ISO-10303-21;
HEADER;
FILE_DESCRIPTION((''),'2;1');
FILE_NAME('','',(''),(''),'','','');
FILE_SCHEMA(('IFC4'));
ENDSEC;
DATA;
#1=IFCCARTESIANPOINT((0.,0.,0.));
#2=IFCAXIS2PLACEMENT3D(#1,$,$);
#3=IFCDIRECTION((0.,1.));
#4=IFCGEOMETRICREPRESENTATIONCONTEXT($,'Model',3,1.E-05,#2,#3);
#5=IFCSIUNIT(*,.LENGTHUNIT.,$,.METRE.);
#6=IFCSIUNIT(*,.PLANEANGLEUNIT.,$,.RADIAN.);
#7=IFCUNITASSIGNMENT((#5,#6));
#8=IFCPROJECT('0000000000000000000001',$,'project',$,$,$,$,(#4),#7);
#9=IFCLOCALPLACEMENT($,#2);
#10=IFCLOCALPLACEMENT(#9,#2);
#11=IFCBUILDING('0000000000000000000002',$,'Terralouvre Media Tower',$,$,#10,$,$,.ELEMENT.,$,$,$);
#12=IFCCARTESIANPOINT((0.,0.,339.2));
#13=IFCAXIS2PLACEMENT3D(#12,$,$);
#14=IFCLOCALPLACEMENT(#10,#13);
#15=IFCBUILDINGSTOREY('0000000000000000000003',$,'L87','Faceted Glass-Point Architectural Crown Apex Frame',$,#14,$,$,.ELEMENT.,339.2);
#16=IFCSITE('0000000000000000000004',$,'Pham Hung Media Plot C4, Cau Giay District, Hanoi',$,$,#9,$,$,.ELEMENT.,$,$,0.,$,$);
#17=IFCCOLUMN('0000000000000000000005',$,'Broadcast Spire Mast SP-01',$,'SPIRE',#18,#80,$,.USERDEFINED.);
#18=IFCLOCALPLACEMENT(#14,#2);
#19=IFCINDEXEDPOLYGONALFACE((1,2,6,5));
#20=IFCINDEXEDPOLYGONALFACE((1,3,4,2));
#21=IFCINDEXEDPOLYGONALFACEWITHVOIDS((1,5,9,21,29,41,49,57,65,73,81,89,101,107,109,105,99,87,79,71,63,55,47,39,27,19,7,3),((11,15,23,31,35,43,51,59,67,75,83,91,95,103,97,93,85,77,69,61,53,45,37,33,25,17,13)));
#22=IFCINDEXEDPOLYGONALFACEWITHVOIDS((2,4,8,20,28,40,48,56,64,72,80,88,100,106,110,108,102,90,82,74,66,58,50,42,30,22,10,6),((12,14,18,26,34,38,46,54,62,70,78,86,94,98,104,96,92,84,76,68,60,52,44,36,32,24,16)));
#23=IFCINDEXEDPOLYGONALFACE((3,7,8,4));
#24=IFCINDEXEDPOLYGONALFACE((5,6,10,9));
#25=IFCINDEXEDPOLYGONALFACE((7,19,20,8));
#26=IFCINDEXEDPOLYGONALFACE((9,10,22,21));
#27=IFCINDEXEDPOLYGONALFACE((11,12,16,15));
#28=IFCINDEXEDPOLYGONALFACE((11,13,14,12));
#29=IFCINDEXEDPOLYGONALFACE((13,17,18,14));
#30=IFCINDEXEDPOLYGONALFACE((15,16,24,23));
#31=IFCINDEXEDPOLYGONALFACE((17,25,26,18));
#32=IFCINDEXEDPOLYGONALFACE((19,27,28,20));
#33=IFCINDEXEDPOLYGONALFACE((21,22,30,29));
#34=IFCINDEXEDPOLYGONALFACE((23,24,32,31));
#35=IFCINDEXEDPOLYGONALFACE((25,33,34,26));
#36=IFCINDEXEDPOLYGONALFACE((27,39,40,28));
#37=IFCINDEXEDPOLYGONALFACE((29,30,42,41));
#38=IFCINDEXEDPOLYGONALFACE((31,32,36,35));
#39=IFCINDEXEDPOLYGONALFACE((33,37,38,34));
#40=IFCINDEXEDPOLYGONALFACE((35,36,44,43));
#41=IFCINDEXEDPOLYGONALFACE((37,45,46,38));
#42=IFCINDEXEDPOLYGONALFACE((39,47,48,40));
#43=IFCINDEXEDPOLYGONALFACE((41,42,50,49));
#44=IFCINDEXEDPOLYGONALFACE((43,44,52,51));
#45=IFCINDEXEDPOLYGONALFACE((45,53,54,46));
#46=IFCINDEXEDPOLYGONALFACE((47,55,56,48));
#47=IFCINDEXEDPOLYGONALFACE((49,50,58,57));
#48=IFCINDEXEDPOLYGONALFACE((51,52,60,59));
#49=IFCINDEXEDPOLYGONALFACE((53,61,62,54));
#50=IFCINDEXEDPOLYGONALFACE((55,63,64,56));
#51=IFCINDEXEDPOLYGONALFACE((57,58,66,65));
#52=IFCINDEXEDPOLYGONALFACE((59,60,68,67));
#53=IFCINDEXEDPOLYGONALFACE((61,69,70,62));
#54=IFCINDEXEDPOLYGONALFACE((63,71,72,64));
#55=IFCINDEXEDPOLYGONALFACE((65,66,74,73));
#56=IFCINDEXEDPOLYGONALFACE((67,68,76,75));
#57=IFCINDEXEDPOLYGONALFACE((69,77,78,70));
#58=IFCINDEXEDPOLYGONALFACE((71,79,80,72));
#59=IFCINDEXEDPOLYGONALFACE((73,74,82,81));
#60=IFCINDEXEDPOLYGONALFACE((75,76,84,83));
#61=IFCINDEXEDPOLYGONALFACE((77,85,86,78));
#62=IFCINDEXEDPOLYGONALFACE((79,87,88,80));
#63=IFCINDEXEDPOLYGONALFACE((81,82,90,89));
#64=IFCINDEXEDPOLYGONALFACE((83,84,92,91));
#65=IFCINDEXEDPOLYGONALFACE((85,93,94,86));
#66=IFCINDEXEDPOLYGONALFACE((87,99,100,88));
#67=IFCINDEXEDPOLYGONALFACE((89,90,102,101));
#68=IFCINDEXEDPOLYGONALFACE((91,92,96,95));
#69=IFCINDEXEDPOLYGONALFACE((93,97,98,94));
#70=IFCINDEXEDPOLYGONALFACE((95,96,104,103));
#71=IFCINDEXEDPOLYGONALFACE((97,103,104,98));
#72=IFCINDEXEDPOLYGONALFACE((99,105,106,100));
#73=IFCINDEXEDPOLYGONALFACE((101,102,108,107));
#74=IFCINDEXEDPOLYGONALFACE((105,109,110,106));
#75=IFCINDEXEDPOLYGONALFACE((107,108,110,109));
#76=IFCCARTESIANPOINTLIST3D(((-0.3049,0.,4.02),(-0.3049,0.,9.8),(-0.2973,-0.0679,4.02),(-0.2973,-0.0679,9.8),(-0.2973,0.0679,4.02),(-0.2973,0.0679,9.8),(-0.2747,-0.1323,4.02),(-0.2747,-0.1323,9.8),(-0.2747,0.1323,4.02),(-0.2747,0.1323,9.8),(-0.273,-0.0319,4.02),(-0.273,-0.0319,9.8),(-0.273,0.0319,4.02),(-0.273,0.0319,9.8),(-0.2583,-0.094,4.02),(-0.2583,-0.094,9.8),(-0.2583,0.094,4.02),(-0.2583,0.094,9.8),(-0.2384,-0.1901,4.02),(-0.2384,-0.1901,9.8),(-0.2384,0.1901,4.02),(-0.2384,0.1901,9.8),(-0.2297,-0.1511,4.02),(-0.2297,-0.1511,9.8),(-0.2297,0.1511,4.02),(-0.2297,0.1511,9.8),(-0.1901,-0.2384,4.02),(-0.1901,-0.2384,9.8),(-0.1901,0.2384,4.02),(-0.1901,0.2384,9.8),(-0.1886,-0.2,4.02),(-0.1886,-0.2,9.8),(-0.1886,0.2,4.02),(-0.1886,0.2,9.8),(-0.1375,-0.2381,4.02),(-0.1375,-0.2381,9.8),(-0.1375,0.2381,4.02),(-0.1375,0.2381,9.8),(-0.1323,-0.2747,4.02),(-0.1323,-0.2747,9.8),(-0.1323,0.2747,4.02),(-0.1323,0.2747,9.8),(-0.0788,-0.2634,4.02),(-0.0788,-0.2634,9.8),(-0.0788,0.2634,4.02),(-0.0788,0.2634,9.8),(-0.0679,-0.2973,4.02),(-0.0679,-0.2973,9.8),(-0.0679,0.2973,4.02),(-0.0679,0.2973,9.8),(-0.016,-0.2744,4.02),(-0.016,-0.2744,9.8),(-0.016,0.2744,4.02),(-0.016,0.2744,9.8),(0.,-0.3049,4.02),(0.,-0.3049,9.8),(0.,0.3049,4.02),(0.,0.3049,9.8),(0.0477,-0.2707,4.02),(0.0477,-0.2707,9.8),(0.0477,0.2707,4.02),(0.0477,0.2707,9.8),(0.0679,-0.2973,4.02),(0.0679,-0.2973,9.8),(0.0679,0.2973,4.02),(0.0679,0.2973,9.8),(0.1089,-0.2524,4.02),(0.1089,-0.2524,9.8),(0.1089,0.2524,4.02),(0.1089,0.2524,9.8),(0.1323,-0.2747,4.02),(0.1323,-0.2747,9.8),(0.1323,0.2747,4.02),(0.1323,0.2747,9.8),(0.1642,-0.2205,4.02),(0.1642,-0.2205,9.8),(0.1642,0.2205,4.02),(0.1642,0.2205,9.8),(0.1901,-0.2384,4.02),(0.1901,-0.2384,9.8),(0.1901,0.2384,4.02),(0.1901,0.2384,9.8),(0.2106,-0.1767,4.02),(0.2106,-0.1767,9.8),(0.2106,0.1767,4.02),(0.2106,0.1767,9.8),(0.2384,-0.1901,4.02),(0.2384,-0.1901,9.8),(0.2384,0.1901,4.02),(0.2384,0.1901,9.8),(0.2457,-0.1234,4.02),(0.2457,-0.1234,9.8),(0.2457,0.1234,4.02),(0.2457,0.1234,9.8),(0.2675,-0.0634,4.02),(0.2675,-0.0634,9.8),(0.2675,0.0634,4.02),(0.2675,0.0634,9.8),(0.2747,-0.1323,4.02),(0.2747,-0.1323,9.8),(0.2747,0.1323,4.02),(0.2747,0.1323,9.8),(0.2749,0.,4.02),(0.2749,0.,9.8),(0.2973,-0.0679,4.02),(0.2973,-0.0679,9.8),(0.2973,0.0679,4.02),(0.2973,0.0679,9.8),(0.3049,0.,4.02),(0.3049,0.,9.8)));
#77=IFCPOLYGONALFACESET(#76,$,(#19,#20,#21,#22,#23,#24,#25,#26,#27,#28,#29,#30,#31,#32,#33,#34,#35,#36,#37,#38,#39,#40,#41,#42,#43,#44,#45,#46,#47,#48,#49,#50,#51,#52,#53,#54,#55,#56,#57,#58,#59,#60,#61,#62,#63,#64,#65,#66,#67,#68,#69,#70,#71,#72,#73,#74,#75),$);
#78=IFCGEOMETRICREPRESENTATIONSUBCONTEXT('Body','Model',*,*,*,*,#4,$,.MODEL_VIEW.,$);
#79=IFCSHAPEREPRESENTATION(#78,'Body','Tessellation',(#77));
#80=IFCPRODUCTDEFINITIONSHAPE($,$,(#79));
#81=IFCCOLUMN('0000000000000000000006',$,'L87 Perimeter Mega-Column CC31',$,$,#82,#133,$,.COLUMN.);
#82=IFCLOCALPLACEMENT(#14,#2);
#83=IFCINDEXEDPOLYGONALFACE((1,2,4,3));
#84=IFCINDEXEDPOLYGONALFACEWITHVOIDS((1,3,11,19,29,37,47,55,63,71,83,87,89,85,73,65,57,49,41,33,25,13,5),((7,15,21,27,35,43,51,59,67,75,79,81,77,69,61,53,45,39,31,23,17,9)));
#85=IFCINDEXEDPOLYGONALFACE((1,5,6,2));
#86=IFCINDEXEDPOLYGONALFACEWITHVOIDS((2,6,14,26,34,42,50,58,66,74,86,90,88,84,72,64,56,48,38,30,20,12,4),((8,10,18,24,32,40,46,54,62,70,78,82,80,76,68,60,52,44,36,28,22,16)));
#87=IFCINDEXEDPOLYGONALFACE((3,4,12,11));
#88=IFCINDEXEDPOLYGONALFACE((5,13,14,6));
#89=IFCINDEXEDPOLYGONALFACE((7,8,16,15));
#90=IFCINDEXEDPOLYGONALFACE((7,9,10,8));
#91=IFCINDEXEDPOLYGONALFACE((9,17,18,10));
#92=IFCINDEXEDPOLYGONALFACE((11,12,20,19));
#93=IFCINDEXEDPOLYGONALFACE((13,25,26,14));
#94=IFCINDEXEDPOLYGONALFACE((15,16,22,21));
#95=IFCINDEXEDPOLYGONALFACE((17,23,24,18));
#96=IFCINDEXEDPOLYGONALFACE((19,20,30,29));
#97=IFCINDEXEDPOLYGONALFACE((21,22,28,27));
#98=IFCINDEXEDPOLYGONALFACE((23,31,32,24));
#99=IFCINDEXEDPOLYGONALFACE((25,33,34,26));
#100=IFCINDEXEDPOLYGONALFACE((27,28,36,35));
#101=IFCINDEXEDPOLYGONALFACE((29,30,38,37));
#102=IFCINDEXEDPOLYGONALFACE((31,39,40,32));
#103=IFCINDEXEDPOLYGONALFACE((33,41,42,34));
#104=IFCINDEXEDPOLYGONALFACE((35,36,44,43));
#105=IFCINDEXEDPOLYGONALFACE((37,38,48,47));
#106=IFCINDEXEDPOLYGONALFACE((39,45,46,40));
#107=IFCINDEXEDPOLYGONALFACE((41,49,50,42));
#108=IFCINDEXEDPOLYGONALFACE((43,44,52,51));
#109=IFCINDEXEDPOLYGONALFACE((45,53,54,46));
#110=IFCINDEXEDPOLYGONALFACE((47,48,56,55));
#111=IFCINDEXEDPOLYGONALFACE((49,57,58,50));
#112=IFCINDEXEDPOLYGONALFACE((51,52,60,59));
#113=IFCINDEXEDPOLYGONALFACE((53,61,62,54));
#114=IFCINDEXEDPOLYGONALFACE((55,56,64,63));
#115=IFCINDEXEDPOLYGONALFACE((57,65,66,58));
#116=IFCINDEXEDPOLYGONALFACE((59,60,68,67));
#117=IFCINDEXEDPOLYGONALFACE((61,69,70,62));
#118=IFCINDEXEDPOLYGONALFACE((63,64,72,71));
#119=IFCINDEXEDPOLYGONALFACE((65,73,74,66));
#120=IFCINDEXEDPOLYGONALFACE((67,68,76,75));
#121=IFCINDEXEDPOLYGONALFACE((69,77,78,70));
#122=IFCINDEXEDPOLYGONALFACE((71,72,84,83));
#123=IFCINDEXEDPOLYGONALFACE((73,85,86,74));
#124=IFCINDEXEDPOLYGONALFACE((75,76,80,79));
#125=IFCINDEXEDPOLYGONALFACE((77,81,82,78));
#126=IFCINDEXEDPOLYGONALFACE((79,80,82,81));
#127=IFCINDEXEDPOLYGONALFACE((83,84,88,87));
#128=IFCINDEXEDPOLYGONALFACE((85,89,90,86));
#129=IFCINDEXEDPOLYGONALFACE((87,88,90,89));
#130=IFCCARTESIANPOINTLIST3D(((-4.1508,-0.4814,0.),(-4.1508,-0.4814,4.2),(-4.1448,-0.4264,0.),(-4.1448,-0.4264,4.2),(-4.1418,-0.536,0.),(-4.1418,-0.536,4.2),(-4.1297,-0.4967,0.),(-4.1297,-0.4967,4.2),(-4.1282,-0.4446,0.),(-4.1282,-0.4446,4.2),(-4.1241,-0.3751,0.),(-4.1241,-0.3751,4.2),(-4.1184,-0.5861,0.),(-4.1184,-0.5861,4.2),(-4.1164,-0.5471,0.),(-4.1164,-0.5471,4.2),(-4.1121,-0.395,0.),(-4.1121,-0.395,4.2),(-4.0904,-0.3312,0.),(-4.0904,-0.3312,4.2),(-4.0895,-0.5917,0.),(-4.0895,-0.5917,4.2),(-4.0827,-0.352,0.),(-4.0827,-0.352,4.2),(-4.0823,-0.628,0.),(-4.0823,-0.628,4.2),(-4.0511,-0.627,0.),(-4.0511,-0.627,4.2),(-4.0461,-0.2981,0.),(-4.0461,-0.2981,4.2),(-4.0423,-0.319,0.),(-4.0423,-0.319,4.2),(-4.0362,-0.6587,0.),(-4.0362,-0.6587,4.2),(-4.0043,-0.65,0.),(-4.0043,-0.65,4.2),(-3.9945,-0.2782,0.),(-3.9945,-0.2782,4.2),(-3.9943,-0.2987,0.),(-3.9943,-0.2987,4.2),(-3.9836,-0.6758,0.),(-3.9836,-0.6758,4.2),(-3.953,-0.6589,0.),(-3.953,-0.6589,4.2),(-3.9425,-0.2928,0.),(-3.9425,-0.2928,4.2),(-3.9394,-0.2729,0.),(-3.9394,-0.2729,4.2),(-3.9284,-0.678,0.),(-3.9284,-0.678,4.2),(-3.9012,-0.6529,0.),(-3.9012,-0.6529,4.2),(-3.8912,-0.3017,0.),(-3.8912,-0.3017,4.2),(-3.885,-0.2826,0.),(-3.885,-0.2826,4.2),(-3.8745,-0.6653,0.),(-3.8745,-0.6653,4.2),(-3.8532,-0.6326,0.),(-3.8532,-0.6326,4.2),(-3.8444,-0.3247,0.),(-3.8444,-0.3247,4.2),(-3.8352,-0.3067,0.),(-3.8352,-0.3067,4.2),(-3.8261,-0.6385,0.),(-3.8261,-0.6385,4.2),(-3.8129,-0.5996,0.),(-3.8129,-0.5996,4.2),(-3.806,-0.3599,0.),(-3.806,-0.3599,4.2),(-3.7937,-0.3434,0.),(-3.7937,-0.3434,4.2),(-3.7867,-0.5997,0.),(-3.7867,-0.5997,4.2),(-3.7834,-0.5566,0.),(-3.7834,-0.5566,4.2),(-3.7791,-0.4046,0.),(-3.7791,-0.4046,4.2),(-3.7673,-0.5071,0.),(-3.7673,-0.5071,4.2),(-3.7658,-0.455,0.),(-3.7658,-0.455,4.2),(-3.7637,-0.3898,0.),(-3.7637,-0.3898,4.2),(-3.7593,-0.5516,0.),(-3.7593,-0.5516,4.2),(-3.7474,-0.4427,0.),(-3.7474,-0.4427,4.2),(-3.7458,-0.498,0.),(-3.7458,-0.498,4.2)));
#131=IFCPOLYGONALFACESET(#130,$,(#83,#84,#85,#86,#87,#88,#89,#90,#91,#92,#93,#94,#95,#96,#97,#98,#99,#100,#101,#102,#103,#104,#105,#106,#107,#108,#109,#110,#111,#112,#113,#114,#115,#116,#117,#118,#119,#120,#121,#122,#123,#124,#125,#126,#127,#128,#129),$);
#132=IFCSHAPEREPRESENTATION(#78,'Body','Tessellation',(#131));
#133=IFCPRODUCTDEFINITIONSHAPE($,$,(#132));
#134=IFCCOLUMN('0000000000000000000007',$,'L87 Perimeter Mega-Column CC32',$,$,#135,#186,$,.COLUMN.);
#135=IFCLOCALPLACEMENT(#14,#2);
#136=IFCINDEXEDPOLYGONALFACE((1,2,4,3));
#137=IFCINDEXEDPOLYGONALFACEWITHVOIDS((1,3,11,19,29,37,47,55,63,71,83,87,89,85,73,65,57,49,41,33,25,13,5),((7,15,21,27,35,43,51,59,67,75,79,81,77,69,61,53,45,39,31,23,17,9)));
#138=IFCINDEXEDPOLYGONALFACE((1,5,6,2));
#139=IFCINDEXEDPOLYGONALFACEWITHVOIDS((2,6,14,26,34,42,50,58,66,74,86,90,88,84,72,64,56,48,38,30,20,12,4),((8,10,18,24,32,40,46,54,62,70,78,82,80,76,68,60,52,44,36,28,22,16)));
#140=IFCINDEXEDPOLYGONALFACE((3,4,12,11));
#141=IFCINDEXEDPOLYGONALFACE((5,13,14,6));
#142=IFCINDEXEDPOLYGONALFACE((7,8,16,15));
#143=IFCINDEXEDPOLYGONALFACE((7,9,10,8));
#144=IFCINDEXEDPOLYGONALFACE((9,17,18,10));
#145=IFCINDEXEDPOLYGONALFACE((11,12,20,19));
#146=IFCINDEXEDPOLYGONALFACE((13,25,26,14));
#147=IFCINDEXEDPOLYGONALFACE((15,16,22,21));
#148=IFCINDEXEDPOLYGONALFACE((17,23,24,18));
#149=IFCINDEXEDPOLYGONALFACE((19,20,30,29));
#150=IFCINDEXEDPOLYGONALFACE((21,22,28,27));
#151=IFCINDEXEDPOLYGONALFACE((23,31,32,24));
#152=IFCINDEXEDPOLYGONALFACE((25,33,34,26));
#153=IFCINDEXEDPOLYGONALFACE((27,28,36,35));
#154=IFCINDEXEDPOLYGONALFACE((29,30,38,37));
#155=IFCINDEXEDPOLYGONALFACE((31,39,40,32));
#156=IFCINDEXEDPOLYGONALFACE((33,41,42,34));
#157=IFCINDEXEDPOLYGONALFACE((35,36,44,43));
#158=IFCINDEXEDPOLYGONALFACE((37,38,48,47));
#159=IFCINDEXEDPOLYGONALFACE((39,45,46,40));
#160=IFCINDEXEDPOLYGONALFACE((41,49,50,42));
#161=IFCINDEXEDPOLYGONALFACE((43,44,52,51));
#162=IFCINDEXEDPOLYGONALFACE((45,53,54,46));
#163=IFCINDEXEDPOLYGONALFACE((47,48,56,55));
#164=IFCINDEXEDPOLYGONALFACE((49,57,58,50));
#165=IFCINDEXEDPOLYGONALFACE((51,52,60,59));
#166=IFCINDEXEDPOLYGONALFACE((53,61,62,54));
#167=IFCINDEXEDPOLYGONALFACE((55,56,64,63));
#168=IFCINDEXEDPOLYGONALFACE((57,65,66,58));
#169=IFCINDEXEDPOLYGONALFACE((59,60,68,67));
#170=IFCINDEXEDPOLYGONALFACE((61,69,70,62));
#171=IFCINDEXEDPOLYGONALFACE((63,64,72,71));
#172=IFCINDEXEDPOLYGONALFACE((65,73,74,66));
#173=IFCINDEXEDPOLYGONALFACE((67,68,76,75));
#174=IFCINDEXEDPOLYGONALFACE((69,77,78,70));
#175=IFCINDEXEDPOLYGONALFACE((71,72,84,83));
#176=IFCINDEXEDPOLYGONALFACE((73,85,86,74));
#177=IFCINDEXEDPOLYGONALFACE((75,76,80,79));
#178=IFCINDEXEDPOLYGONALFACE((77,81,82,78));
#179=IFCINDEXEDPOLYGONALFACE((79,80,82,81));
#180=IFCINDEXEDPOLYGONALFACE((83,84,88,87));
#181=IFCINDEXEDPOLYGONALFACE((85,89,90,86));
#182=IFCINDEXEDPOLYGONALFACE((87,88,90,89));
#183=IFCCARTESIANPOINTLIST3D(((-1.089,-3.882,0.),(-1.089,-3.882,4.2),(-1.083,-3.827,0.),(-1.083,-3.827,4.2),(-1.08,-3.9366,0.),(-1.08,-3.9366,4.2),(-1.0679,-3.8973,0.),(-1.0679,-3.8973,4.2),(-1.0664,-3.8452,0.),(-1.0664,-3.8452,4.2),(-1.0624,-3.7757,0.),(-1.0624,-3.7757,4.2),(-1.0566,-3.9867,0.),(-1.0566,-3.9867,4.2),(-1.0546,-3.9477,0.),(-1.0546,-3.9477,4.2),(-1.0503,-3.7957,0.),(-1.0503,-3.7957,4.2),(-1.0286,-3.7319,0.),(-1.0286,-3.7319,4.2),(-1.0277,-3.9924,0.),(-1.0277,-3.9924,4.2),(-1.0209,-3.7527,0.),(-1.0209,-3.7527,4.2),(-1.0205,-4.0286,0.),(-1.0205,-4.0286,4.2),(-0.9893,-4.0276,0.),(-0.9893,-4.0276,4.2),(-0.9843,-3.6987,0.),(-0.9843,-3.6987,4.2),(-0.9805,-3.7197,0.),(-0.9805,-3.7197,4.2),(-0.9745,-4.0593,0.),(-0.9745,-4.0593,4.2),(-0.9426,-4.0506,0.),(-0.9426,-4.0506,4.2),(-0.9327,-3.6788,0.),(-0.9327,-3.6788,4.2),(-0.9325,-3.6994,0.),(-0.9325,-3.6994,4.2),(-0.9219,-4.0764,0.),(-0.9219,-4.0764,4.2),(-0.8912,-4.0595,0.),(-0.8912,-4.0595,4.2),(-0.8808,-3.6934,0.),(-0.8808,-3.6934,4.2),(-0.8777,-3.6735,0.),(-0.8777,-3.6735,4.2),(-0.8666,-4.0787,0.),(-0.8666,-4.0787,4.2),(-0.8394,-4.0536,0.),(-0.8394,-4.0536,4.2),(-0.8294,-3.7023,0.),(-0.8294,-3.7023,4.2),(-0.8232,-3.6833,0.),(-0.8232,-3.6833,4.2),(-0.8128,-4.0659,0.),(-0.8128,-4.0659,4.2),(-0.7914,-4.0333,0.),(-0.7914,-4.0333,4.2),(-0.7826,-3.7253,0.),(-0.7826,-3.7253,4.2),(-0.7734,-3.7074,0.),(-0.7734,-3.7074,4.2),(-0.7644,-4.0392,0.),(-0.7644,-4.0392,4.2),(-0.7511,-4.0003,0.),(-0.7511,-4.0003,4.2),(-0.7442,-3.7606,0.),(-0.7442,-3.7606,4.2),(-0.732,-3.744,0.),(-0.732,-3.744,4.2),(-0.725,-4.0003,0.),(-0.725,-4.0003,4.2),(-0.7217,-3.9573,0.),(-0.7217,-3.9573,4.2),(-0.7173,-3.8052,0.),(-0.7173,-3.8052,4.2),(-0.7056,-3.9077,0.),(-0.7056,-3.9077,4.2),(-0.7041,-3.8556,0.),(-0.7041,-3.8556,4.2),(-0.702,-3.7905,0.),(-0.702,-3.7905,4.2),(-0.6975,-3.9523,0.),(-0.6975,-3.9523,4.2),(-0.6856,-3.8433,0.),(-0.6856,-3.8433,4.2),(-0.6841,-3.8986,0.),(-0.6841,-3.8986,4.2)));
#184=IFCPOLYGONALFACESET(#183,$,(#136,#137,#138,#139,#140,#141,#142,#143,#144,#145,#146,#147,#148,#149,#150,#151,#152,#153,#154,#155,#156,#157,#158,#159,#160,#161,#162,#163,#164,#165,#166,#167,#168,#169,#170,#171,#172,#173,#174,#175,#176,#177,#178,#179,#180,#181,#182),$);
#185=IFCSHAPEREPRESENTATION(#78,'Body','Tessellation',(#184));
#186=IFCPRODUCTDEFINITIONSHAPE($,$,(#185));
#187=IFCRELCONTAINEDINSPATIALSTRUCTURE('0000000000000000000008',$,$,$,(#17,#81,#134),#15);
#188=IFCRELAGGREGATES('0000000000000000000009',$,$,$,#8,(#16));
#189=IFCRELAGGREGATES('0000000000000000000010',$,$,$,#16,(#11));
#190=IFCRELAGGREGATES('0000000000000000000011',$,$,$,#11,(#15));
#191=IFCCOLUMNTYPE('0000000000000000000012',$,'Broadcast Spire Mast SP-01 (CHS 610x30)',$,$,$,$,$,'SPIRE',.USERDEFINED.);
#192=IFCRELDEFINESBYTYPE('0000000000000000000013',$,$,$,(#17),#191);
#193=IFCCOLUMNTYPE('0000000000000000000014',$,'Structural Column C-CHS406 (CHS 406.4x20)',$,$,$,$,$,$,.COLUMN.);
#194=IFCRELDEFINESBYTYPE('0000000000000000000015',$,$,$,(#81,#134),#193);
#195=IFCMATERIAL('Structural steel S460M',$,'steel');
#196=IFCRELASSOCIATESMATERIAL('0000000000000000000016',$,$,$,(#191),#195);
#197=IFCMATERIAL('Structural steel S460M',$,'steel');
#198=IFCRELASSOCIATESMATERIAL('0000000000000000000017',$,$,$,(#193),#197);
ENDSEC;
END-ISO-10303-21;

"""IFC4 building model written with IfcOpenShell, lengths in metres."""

from ifc_helpers import new_model, si_unit, direction, frame, origin, origin_2d, place, context, subcontext, project, spatial, hollow_circle, extrude, material, material_profile, profile_set, type_object, element, save


model = new_model("IFC4")

# Units and contexts
model_context = context("Model", 3, precision=1e-05, world=origin(), true_north=direction((0.0, 1.0)))
body_context = subcontext(model_context, "Body", "Model", "MODEL_VIEW")
ifc_project = project(units=[si_unit("LENGTHUNIT", "METRE"), si_unit("PLANEANGLEUNIT", "RADIAN")], contexts=[model_context])

# Site, building, storey
site_placement = place(None, origin())
site = spatial("IfcSite", under=ifc_project, at=site_placement, Name="Pham Hung Media Plot C4, Cau Giay District, Hanoi", CompositionType="ELEMENT", RefElevation=0.0)
building_placement = place(site_placement, origin())
building = spatial("IfcBuilding", under=site, at=building_placement, Name="Terralouvre Media Tower", CompositionType="ELEMENT")
storey_placement = place(building_placement, frame((0.0, 0.0, 339.2)))
storey = spatial("IfcBuildingStorey", under=building, at=storey_placement, Name="L87", Description="Faceted Glass-Point Architectural Crown Apex Frame", CompositionType="ELEMENT", Elevation=339.2)

# Columns
ifc_material_1 = material(Name="Structural steel S460M", Category="steel")
ifc_material_profile_1 = material_profile(ifc_material_1, hollow_circle(Radius=0.3049, WallThickness=0.03, at=origin_2d()), Name="CHS 610x30")
ifc_profile_set_1 = profile_set([ifc_material_profile_1], Name="Structural steel S460M")
column_type_1 = type_object("IfcColumnType", Name="Broadcast Spire Mast SP-01 (CHS 610x30)", ElementType="SPIRE", PredefinedType="USERDEFINED", material=ifc_profile_set_1)
column_1_placement = place(storey_placement, frame((0.0, 0.0, 4.02), z_axis=(0.0, 0.0, 1.0), x_axis=(1.0, 0.0, 0.0)))
element("IfcColumn", 1, at=column_1_placement, inside=storey, type_object=column_type_1, Name="Broadcast Spire Mast SP-01", ObjectType="SPIRE", PredefinedType="USERDEFINED", context=body_context, shape_type="SweptSolid", body=[
    extrude(hollow_circle(Radius=0.3049, WallThickness=0.03, at=origin_2d()), origin(), (0.0, 0.0, 1.0), 5.78),
])
ifc_material_2 = material(Name="Structural steel S460M", Category="steel")
ifc_material_profile_2 = material_profile(ifc_material_2, hollow_circle(Radius=0.2031, WallThickness=0.02, at=origin_2d()), Name="CHS 406.4x20")
ifc_profile_set_2 = profile_set([ifc_material_profile_2], Name="Structural steel S460M")
column_type_2 = type_object("IfcColumnType", Name="Structural Column C-CHS406 (CHS 406.4x20)", PredefinedType="COLUMN", material=ifc_profile_set_2)
for number, where, z_axis, x_axis, name in (
    (2, (-3.9478, -0.4758, 0.0), (0.0, 0.0, 1.0), (0.309017, 0.951057, 0.0), "L87 Perimeter Mega-Column CC31"),
    (3, (-0.886, -3.8765, 0.0), (0.0, 0.0, 1.0), (0.309017, 0.951057, 0.0), "L87 Perimeter Mega-Column CC32"),
):
    element("IfcColumn", number, at=place(storey_placement, frame(where, z_axis=z_axis, x_axis=x_axis)), inside=storey, type_object=column_type_2, Name=name, PredefinedType="COLUMN", context=body_context, shape_type="SweptSolid", body=[
        extrude(hollow_circle(Radius=0.2031, WallThickness=0.02, at=origin_2d()), origin(), (0.0, 0.0, 1.0), 4.2),
    ])

save(model, "model.ifc")
